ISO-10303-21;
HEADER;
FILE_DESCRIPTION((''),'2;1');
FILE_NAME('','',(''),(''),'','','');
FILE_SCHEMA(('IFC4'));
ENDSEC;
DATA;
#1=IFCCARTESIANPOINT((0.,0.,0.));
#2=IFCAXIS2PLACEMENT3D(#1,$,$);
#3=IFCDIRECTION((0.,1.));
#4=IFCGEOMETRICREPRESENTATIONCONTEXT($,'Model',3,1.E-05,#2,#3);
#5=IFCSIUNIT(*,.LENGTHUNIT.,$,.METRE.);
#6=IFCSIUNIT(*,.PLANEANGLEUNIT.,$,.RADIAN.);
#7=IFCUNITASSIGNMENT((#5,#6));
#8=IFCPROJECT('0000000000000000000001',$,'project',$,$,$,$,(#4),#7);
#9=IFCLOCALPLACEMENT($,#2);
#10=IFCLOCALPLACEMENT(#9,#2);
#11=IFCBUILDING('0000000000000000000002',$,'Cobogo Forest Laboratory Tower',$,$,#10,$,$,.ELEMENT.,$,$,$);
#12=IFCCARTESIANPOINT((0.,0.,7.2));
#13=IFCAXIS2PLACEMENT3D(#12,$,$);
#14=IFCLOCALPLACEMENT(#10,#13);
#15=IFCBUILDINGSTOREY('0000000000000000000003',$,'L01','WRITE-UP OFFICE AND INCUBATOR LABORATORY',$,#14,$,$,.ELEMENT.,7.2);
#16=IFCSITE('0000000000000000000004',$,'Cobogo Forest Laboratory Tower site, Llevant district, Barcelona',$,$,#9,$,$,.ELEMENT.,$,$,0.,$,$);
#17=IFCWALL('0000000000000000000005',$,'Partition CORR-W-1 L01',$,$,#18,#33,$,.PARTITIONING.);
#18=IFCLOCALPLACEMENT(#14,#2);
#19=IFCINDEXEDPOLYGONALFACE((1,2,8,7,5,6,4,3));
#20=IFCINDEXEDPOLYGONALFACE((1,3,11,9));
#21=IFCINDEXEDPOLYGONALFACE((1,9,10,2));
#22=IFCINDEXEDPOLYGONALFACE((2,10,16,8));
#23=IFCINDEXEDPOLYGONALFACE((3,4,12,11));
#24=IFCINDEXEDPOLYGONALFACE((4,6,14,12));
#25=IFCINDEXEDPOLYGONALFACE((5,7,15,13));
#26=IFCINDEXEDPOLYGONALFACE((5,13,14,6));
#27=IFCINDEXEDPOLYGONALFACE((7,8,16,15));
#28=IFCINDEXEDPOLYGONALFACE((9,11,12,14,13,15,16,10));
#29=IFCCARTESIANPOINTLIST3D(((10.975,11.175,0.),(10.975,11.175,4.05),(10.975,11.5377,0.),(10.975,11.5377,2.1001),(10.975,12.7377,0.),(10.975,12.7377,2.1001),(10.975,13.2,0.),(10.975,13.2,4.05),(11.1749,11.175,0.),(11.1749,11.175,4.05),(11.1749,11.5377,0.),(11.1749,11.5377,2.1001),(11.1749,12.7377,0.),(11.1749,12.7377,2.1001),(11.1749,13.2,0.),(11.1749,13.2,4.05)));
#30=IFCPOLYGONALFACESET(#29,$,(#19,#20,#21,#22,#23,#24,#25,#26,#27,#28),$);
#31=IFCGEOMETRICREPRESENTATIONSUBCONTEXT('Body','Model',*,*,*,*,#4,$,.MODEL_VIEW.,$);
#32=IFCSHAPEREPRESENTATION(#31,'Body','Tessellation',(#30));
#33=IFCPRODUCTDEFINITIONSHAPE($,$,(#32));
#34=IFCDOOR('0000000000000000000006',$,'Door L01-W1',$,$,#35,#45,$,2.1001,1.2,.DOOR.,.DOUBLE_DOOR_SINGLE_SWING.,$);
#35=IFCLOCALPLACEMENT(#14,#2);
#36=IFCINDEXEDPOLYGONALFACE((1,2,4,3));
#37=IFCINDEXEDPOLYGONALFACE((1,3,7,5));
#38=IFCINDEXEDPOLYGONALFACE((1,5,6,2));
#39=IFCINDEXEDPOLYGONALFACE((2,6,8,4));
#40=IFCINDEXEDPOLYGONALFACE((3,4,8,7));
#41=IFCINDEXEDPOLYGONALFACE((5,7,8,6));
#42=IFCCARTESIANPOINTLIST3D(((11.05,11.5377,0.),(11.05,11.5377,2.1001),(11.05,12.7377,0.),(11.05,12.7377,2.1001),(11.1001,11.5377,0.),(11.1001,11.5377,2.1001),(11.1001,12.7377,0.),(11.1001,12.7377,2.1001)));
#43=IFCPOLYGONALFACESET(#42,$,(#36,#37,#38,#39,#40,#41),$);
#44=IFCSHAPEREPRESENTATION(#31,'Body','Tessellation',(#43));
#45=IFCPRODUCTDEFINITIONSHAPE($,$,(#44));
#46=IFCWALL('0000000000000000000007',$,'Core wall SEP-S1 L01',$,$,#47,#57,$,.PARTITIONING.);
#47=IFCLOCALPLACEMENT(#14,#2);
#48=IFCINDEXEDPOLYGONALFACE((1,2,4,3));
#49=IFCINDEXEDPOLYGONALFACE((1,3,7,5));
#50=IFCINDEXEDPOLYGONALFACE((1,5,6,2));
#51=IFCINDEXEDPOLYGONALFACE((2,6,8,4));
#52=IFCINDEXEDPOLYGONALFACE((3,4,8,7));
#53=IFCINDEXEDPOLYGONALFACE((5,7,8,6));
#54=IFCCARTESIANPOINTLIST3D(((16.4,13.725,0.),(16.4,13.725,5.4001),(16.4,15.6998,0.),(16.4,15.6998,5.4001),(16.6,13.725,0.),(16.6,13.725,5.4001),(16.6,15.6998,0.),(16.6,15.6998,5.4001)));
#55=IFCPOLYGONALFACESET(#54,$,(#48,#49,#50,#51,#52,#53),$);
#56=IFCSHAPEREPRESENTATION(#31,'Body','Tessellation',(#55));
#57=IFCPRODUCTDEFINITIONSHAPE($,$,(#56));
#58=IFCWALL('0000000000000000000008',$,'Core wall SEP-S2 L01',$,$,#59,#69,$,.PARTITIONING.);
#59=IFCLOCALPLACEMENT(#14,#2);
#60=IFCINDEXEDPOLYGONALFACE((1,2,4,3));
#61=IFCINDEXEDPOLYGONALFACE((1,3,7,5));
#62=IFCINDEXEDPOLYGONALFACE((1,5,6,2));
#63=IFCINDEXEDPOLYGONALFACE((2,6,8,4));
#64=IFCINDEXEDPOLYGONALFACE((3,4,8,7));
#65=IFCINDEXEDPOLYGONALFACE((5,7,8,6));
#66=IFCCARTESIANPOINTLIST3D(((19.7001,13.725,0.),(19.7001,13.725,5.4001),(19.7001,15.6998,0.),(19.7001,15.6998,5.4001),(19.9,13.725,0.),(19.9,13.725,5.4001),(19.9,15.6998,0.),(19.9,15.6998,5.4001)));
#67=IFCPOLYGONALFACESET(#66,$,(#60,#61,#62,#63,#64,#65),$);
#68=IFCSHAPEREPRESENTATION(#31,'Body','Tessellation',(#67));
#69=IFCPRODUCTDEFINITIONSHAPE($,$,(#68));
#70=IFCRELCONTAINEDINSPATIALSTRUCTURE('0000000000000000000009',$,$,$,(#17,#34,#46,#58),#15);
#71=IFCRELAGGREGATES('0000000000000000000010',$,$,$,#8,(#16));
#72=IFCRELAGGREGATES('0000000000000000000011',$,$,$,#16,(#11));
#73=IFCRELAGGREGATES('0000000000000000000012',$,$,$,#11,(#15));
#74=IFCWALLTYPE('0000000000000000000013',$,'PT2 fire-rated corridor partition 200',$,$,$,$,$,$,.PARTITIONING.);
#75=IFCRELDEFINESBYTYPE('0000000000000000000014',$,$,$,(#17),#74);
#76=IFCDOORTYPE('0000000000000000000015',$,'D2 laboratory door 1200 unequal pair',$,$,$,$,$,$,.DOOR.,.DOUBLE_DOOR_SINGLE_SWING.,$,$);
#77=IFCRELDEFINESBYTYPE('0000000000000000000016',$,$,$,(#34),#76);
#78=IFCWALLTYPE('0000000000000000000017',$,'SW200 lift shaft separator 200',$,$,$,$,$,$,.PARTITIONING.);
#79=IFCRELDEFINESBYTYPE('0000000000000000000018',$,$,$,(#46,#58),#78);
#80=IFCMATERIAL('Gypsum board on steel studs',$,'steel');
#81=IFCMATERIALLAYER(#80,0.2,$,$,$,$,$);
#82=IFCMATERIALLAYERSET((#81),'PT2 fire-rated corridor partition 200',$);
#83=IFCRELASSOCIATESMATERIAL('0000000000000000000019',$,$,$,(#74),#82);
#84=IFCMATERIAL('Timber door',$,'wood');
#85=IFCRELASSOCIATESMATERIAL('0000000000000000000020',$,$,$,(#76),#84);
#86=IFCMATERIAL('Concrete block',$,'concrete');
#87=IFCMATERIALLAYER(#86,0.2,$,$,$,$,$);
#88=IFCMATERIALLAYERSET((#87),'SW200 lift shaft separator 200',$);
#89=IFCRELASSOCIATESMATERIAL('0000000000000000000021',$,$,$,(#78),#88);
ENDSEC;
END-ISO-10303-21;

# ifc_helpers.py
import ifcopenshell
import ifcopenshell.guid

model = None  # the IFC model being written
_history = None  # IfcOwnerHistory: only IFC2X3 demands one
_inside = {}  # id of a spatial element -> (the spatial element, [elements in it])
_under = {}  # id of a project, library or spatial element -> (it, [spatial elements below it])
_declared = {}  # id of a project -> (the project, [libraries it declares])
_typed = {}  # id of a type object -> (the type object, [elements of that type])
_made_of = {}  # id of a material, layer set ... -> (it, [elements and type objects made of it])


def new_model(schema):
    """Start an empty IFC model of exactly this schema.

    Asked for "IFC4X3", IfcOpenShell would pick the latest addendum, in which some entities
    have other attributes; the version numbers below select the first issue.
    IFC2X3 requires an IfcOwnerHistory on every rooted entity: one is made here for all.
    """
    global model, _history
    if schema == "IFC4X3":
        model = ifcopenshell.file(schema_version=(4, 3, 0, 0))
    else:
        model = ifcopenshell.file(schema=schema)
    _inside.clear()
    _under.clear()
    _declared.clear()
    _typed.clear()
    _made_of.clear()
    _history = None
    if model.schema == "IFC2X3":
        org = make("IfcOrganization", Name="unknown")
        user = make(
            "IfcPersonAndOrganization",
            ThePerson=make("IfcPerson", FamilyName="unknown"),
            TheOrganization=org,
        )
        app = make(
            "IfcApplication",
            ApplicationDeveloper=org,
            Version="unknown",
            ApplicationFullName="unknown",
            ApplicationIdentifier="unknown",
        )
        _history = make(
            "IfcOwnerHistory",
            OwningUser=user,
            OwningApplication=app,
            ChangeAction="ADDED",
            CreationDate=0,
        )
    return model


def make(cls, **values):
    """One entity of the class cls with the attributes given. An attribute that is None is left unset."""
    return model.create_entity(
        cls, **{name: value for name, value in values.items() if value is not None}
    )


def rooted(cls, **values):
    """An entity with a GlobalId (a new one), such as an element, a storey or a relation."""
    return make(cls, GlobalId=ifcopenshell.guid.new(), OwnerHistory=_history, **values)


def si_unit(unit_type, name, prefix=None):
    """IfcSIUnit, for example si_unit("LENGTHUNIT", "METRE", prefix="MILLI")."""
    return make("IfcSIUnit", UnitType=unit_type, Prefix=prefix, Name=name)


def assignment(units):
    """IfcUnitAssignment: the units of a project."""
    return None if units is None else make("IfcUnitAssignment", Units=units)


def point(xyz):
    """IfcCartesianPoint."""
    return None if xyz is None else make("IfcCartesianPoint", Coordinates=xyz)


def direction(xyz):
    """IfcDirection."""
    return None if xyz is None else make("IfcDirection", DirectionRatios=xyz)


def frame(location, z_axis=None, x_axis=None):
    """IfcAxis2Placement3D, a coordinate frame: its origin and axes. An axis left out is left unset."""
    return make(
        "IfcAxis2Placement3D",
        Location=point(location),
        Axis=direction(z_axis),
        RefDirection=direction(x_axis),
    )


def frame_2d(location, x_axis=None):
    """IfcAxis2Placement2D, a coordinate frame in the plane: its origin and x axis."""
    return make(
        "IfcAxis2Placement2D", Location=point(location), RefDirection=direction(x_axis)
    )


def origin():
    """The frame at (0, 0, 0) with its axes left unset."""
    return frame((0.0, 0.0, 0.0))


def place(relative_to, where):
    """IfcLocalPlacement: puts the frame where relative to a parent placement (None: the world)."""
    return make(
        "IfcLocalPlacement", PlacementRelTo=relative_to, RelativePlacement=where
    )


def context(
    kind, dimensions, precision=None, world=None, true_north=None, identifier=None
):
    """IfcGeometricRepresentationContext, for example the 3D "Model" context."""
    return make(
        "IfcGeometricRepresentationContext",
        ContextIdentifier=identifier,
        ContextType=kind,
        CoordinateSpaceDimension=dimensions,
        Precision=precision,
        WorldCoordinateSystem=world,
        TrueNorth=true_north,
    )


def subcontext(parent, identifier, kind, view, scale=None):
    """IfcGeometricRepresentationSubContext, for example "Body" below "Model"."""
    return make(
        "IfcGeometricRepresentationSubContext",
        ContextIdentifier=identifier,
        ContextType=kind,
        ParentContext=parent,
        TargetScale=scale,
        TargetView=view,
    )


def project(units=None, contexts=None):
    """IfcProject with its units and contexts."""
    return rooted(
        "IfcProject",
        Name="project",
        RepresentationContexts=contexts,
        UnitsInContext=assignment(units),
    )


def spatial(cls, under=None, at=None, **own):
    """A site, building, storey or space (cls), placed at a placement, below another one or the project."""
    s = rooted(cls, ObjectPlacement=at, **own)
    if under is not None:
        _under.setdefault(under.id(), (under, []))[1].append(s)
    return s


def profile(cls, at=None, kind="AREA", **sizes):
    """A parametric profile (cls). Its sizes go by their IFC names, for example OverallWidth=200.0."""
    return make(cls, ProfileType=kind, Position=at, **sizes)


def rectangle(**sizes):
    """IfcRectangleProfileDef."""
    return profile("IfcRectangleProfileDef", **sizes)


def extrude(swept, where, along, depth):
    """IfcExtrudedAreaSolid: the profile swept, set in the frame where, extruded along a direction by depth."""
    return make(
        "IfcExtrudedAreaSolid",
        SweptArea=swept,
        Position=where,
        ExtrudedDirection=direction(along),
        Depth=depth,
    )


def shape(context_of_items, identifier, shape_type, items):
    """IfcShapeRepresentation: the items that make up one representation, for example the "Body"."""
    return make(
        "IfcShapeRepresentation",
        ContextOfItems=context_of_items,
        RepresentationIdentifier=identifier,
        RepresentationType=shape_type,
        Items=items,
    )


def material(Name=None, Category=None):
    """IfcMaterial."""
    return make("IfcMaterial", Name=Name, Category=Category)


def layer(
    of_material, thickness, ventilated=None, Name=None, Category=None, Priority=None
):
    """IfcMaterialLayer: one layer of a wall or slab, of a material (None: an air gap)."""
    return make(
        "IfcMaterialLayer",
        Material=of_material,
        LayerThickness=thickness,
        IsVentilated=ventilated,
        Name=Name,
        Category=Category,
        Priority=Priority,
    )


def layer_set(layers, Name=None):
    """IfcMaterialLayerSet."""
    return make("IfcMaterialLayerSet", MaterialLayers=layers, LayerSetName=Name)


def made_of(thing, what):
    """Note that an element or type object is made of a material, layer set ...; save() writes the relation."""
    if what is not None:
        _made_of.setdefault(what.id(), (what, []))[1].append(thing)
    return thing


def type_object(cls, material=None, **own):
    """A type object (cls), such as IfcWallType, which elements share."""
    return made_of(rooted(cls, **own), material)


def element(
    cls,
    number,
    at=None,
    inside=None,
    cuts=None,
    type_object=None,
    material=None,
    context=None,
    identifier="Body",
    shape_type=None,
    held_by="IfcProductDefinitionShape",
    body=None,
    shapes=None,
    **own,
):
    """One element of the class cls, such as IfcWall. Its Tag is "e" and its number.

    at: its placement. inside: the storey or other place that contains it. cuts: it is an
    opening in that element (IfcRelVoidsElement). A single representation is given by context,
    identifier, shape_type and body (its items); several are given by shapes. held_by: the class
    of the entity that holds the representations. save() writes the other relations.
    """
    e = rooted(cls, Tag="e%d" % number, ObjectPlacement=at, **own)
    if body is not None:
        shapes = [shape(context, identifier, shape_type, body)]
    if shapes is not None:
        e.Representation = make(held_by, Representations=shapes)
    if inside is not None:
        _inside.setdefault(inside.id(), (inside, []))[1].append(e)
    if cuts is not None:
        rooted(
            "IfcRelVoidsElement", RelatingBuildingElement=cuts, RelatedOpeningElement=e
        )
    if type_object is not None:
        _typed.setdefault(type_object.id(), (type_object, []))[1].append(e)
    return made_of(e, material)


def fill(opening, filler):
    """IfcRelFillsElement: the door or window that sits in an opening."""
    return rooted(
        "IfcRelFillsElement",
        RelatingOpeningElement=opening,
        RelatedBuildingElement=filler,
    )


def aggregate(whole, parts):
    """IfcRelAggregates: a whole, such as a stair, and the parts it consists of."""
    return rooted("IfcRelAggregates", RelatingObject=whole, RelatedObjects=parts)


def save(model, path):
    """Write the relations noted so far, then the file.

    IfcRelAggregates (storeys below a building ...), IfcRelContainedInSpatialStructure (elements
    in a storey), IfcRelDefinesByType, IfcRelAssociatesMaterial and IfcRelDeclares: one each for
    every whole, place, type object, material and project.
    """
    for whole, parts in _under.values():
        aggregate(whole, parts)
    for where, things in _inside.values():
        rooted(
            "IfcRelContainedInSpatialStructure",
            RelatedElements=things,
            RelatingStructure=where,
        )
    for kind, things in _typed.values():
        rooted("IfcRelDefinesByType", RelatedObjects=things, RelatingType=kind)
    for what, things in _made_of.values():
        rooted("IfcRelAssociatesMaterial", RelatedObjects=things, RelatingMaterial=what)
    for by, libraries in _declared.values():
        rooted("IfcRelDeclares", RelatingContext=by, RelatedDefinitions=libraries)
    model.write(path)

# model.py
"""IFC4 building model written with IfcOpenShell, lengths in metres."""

from ifc_helpers import new_model, si_unit, direction, frame, frame_2d, origin, place, context, subcontext, project, spatial, rectangle, extrude, material, layer, layer_set, type_object, element, fill, save


model = new_model("IFC4")

# Units and contexts
model_context = context("Model", 3, precision=1e-05, world=origin(), true_north=direction((0.0, 1.0)))
body_context = subcontext(model_context, "Body", "Model", "MODEL_VIEW")
ifc_project = project(units=[si_unit("LENGTHUNIT", "METRE"), si_unit("PLANEANGLEUNIT", "RADIAN")], contexts=[model_context])

# Site, building, storey
site_placement = place(None, origin())
site = spatial("IfcSite", under=ifc_project, at=site_placement, Name="Cobogo Forest Laboratory Tower site, Llevant district, Barcelona", CompositionType="ELEMENT", RefElevation=0.0)
building_placement = place(site_placement, origin())
building = spatial("IfcBuilding", under=site, at=building_placement, Name="Cobogo Forest Laboratory Tower", CompositionType="ELEMENT")
storey_placement = place(building_placement, frame((0.0, 0.0, 7.2)))
storey = spatial("IfcBuildingStorey", under=building, at=storey_placement, Name="L01", Description="WRITE-UP OFFICE AND INCUBATOR LABORATORY", CompositionType="ELEMENT", Elevation=7.2)

# Shared definitions
ifc_material_1 = material(Name="Gypsum board on steel studs", Category="steel")

# Wall, opening, door
ifc_layer_1 = layer(ifc_material_1, 0.2)
ifc_layer_set_1 = layer_set([ifc_layer_1], Name="PT2 fire-rated corridor partition 200")
wall_type_1 = type_object("IfcWallType", Name="PT2 fire-rated corridor partition 200", PredefinedType="PARTITIONING", material=ifc_layer_set_1)
wall_1_placement = place(storey_placement, frame((11.075, 11.175, 0.0), z_axis=(0.0, 0.0, 1.0), x_axis=(0.0, 1.0, 0.0)))
wall_1 = element("IfcWall", 1, at=wall_1_placement, inside=storey, type_object=wall_type_1, Name="Partition CORR-W-1 L01", PredefinedType="PARTITIONING", context=body_context, shape_type="SweptSolid", body=[
    extrude(rectangle(XDim=2.0249, YDim=0.2, at=frame_2d((1.0125, 0.0))), origin(), (0.0, 0.0, 1.0), 4.05),
])
opening_1_placement = place(wall_1_placement, frame((0.3625, 0.0, 0.0)))
opening_1 = element("IfcOpeningElement", 2, at=opening_1_placement, cuts=wall_1, PredefinedType="OPENING", context=body_context, shape_type="SweptSolid", body=[
    extrude(rectangle(XDim=1.2, YDim=2.1001, at=frame_2d((0.6001, 1.05))), frame((0.0, 0.1099, 0.0), z_axis=(0.0, -1.0, 0.0), x_axis=(1.0, 0.0, 0.0)), (0.0, 0.0, 1.0), 0.22),
])
ifc_material_2 = material(Name="Timber door", Category="wood")
door_type_1 = type_object("IfcDoorType", Name="D2 laboratory door 1200 unequal pair", OperationType="DOUBLE_DOOR_SINGLE_SWING", PredefinedType="DOOR", material=ifc_material_2)
door_1_placement = place(opening_1_placement, origin())
door_1 = element("IfcDoor", 3, at=door_1_placement, inside=storey, type_object=door_type_1, Name="Door L01-W1", OperationType="DOUBLE_DOOR_SINGLE_SWING", OverallHeight=2.1001, OverallWidth=1.2, PredefinedType="DOOR", context=body_context, shape_type="SweptSolid", body=[
    extrude(rectangle(XDim=1.2, YDim=2.1001, at=frame_2d((0.6001, 1.05))), frame((0.0, 0.0249, 0.0), z_axis=(0.0, -1.0, 0.0), x_axis=(1.0, 0.0, 0.0)), (0.0, 0.0, 1.0), 0.05),
])
fill(opening_1, door_1)

# Walls
ifc_material_3 = material(Name="Concrete block", Category="concrete")
ifc_layer_2 = layer(ifc_material_3, 0.2)
ifc_layer_set_2 = layer_set([ifc_layer_2], Name="SW200 lift shaft separator 200")
wall_type_2 = type_object("IfcWallType", Name="SW200 lift shaft separator 200", PredefinedType="PARTITIONING", material=ifc_layer_set_2)
for number, where, z_axis, x_axis, name in (
    (4, (16.5, 13.7251, 0.0), (0.0, 0.0, 1.0), (0.0, 1.0, 0.0), "Core wall SEP-S1 L01"),
    (5, (19.8, 13.7251, 0.0), (0.0, 0.0, 1.0), (0.0, 1.0, 0.0), "Core wall SEP-S2 L01"),
):
    element("IfcWall", number, at=place(storey_placement, frame(where, z_axis=z_axis, x_axis=x_axis)), inside=storey, type_object=wall_type_2, Name=name, PredefinedType="PARTITIONING", context=body_context, shape_type="SweptSolid", body=[
        extrude(rectangle(XDim=1.9749, YDim=0.2, at=frame_2d((0.9873, 0.0))), origin(), (0.0, 0.0, 1.0), 5.4001),
    ])

save(model, "model.ifc")
